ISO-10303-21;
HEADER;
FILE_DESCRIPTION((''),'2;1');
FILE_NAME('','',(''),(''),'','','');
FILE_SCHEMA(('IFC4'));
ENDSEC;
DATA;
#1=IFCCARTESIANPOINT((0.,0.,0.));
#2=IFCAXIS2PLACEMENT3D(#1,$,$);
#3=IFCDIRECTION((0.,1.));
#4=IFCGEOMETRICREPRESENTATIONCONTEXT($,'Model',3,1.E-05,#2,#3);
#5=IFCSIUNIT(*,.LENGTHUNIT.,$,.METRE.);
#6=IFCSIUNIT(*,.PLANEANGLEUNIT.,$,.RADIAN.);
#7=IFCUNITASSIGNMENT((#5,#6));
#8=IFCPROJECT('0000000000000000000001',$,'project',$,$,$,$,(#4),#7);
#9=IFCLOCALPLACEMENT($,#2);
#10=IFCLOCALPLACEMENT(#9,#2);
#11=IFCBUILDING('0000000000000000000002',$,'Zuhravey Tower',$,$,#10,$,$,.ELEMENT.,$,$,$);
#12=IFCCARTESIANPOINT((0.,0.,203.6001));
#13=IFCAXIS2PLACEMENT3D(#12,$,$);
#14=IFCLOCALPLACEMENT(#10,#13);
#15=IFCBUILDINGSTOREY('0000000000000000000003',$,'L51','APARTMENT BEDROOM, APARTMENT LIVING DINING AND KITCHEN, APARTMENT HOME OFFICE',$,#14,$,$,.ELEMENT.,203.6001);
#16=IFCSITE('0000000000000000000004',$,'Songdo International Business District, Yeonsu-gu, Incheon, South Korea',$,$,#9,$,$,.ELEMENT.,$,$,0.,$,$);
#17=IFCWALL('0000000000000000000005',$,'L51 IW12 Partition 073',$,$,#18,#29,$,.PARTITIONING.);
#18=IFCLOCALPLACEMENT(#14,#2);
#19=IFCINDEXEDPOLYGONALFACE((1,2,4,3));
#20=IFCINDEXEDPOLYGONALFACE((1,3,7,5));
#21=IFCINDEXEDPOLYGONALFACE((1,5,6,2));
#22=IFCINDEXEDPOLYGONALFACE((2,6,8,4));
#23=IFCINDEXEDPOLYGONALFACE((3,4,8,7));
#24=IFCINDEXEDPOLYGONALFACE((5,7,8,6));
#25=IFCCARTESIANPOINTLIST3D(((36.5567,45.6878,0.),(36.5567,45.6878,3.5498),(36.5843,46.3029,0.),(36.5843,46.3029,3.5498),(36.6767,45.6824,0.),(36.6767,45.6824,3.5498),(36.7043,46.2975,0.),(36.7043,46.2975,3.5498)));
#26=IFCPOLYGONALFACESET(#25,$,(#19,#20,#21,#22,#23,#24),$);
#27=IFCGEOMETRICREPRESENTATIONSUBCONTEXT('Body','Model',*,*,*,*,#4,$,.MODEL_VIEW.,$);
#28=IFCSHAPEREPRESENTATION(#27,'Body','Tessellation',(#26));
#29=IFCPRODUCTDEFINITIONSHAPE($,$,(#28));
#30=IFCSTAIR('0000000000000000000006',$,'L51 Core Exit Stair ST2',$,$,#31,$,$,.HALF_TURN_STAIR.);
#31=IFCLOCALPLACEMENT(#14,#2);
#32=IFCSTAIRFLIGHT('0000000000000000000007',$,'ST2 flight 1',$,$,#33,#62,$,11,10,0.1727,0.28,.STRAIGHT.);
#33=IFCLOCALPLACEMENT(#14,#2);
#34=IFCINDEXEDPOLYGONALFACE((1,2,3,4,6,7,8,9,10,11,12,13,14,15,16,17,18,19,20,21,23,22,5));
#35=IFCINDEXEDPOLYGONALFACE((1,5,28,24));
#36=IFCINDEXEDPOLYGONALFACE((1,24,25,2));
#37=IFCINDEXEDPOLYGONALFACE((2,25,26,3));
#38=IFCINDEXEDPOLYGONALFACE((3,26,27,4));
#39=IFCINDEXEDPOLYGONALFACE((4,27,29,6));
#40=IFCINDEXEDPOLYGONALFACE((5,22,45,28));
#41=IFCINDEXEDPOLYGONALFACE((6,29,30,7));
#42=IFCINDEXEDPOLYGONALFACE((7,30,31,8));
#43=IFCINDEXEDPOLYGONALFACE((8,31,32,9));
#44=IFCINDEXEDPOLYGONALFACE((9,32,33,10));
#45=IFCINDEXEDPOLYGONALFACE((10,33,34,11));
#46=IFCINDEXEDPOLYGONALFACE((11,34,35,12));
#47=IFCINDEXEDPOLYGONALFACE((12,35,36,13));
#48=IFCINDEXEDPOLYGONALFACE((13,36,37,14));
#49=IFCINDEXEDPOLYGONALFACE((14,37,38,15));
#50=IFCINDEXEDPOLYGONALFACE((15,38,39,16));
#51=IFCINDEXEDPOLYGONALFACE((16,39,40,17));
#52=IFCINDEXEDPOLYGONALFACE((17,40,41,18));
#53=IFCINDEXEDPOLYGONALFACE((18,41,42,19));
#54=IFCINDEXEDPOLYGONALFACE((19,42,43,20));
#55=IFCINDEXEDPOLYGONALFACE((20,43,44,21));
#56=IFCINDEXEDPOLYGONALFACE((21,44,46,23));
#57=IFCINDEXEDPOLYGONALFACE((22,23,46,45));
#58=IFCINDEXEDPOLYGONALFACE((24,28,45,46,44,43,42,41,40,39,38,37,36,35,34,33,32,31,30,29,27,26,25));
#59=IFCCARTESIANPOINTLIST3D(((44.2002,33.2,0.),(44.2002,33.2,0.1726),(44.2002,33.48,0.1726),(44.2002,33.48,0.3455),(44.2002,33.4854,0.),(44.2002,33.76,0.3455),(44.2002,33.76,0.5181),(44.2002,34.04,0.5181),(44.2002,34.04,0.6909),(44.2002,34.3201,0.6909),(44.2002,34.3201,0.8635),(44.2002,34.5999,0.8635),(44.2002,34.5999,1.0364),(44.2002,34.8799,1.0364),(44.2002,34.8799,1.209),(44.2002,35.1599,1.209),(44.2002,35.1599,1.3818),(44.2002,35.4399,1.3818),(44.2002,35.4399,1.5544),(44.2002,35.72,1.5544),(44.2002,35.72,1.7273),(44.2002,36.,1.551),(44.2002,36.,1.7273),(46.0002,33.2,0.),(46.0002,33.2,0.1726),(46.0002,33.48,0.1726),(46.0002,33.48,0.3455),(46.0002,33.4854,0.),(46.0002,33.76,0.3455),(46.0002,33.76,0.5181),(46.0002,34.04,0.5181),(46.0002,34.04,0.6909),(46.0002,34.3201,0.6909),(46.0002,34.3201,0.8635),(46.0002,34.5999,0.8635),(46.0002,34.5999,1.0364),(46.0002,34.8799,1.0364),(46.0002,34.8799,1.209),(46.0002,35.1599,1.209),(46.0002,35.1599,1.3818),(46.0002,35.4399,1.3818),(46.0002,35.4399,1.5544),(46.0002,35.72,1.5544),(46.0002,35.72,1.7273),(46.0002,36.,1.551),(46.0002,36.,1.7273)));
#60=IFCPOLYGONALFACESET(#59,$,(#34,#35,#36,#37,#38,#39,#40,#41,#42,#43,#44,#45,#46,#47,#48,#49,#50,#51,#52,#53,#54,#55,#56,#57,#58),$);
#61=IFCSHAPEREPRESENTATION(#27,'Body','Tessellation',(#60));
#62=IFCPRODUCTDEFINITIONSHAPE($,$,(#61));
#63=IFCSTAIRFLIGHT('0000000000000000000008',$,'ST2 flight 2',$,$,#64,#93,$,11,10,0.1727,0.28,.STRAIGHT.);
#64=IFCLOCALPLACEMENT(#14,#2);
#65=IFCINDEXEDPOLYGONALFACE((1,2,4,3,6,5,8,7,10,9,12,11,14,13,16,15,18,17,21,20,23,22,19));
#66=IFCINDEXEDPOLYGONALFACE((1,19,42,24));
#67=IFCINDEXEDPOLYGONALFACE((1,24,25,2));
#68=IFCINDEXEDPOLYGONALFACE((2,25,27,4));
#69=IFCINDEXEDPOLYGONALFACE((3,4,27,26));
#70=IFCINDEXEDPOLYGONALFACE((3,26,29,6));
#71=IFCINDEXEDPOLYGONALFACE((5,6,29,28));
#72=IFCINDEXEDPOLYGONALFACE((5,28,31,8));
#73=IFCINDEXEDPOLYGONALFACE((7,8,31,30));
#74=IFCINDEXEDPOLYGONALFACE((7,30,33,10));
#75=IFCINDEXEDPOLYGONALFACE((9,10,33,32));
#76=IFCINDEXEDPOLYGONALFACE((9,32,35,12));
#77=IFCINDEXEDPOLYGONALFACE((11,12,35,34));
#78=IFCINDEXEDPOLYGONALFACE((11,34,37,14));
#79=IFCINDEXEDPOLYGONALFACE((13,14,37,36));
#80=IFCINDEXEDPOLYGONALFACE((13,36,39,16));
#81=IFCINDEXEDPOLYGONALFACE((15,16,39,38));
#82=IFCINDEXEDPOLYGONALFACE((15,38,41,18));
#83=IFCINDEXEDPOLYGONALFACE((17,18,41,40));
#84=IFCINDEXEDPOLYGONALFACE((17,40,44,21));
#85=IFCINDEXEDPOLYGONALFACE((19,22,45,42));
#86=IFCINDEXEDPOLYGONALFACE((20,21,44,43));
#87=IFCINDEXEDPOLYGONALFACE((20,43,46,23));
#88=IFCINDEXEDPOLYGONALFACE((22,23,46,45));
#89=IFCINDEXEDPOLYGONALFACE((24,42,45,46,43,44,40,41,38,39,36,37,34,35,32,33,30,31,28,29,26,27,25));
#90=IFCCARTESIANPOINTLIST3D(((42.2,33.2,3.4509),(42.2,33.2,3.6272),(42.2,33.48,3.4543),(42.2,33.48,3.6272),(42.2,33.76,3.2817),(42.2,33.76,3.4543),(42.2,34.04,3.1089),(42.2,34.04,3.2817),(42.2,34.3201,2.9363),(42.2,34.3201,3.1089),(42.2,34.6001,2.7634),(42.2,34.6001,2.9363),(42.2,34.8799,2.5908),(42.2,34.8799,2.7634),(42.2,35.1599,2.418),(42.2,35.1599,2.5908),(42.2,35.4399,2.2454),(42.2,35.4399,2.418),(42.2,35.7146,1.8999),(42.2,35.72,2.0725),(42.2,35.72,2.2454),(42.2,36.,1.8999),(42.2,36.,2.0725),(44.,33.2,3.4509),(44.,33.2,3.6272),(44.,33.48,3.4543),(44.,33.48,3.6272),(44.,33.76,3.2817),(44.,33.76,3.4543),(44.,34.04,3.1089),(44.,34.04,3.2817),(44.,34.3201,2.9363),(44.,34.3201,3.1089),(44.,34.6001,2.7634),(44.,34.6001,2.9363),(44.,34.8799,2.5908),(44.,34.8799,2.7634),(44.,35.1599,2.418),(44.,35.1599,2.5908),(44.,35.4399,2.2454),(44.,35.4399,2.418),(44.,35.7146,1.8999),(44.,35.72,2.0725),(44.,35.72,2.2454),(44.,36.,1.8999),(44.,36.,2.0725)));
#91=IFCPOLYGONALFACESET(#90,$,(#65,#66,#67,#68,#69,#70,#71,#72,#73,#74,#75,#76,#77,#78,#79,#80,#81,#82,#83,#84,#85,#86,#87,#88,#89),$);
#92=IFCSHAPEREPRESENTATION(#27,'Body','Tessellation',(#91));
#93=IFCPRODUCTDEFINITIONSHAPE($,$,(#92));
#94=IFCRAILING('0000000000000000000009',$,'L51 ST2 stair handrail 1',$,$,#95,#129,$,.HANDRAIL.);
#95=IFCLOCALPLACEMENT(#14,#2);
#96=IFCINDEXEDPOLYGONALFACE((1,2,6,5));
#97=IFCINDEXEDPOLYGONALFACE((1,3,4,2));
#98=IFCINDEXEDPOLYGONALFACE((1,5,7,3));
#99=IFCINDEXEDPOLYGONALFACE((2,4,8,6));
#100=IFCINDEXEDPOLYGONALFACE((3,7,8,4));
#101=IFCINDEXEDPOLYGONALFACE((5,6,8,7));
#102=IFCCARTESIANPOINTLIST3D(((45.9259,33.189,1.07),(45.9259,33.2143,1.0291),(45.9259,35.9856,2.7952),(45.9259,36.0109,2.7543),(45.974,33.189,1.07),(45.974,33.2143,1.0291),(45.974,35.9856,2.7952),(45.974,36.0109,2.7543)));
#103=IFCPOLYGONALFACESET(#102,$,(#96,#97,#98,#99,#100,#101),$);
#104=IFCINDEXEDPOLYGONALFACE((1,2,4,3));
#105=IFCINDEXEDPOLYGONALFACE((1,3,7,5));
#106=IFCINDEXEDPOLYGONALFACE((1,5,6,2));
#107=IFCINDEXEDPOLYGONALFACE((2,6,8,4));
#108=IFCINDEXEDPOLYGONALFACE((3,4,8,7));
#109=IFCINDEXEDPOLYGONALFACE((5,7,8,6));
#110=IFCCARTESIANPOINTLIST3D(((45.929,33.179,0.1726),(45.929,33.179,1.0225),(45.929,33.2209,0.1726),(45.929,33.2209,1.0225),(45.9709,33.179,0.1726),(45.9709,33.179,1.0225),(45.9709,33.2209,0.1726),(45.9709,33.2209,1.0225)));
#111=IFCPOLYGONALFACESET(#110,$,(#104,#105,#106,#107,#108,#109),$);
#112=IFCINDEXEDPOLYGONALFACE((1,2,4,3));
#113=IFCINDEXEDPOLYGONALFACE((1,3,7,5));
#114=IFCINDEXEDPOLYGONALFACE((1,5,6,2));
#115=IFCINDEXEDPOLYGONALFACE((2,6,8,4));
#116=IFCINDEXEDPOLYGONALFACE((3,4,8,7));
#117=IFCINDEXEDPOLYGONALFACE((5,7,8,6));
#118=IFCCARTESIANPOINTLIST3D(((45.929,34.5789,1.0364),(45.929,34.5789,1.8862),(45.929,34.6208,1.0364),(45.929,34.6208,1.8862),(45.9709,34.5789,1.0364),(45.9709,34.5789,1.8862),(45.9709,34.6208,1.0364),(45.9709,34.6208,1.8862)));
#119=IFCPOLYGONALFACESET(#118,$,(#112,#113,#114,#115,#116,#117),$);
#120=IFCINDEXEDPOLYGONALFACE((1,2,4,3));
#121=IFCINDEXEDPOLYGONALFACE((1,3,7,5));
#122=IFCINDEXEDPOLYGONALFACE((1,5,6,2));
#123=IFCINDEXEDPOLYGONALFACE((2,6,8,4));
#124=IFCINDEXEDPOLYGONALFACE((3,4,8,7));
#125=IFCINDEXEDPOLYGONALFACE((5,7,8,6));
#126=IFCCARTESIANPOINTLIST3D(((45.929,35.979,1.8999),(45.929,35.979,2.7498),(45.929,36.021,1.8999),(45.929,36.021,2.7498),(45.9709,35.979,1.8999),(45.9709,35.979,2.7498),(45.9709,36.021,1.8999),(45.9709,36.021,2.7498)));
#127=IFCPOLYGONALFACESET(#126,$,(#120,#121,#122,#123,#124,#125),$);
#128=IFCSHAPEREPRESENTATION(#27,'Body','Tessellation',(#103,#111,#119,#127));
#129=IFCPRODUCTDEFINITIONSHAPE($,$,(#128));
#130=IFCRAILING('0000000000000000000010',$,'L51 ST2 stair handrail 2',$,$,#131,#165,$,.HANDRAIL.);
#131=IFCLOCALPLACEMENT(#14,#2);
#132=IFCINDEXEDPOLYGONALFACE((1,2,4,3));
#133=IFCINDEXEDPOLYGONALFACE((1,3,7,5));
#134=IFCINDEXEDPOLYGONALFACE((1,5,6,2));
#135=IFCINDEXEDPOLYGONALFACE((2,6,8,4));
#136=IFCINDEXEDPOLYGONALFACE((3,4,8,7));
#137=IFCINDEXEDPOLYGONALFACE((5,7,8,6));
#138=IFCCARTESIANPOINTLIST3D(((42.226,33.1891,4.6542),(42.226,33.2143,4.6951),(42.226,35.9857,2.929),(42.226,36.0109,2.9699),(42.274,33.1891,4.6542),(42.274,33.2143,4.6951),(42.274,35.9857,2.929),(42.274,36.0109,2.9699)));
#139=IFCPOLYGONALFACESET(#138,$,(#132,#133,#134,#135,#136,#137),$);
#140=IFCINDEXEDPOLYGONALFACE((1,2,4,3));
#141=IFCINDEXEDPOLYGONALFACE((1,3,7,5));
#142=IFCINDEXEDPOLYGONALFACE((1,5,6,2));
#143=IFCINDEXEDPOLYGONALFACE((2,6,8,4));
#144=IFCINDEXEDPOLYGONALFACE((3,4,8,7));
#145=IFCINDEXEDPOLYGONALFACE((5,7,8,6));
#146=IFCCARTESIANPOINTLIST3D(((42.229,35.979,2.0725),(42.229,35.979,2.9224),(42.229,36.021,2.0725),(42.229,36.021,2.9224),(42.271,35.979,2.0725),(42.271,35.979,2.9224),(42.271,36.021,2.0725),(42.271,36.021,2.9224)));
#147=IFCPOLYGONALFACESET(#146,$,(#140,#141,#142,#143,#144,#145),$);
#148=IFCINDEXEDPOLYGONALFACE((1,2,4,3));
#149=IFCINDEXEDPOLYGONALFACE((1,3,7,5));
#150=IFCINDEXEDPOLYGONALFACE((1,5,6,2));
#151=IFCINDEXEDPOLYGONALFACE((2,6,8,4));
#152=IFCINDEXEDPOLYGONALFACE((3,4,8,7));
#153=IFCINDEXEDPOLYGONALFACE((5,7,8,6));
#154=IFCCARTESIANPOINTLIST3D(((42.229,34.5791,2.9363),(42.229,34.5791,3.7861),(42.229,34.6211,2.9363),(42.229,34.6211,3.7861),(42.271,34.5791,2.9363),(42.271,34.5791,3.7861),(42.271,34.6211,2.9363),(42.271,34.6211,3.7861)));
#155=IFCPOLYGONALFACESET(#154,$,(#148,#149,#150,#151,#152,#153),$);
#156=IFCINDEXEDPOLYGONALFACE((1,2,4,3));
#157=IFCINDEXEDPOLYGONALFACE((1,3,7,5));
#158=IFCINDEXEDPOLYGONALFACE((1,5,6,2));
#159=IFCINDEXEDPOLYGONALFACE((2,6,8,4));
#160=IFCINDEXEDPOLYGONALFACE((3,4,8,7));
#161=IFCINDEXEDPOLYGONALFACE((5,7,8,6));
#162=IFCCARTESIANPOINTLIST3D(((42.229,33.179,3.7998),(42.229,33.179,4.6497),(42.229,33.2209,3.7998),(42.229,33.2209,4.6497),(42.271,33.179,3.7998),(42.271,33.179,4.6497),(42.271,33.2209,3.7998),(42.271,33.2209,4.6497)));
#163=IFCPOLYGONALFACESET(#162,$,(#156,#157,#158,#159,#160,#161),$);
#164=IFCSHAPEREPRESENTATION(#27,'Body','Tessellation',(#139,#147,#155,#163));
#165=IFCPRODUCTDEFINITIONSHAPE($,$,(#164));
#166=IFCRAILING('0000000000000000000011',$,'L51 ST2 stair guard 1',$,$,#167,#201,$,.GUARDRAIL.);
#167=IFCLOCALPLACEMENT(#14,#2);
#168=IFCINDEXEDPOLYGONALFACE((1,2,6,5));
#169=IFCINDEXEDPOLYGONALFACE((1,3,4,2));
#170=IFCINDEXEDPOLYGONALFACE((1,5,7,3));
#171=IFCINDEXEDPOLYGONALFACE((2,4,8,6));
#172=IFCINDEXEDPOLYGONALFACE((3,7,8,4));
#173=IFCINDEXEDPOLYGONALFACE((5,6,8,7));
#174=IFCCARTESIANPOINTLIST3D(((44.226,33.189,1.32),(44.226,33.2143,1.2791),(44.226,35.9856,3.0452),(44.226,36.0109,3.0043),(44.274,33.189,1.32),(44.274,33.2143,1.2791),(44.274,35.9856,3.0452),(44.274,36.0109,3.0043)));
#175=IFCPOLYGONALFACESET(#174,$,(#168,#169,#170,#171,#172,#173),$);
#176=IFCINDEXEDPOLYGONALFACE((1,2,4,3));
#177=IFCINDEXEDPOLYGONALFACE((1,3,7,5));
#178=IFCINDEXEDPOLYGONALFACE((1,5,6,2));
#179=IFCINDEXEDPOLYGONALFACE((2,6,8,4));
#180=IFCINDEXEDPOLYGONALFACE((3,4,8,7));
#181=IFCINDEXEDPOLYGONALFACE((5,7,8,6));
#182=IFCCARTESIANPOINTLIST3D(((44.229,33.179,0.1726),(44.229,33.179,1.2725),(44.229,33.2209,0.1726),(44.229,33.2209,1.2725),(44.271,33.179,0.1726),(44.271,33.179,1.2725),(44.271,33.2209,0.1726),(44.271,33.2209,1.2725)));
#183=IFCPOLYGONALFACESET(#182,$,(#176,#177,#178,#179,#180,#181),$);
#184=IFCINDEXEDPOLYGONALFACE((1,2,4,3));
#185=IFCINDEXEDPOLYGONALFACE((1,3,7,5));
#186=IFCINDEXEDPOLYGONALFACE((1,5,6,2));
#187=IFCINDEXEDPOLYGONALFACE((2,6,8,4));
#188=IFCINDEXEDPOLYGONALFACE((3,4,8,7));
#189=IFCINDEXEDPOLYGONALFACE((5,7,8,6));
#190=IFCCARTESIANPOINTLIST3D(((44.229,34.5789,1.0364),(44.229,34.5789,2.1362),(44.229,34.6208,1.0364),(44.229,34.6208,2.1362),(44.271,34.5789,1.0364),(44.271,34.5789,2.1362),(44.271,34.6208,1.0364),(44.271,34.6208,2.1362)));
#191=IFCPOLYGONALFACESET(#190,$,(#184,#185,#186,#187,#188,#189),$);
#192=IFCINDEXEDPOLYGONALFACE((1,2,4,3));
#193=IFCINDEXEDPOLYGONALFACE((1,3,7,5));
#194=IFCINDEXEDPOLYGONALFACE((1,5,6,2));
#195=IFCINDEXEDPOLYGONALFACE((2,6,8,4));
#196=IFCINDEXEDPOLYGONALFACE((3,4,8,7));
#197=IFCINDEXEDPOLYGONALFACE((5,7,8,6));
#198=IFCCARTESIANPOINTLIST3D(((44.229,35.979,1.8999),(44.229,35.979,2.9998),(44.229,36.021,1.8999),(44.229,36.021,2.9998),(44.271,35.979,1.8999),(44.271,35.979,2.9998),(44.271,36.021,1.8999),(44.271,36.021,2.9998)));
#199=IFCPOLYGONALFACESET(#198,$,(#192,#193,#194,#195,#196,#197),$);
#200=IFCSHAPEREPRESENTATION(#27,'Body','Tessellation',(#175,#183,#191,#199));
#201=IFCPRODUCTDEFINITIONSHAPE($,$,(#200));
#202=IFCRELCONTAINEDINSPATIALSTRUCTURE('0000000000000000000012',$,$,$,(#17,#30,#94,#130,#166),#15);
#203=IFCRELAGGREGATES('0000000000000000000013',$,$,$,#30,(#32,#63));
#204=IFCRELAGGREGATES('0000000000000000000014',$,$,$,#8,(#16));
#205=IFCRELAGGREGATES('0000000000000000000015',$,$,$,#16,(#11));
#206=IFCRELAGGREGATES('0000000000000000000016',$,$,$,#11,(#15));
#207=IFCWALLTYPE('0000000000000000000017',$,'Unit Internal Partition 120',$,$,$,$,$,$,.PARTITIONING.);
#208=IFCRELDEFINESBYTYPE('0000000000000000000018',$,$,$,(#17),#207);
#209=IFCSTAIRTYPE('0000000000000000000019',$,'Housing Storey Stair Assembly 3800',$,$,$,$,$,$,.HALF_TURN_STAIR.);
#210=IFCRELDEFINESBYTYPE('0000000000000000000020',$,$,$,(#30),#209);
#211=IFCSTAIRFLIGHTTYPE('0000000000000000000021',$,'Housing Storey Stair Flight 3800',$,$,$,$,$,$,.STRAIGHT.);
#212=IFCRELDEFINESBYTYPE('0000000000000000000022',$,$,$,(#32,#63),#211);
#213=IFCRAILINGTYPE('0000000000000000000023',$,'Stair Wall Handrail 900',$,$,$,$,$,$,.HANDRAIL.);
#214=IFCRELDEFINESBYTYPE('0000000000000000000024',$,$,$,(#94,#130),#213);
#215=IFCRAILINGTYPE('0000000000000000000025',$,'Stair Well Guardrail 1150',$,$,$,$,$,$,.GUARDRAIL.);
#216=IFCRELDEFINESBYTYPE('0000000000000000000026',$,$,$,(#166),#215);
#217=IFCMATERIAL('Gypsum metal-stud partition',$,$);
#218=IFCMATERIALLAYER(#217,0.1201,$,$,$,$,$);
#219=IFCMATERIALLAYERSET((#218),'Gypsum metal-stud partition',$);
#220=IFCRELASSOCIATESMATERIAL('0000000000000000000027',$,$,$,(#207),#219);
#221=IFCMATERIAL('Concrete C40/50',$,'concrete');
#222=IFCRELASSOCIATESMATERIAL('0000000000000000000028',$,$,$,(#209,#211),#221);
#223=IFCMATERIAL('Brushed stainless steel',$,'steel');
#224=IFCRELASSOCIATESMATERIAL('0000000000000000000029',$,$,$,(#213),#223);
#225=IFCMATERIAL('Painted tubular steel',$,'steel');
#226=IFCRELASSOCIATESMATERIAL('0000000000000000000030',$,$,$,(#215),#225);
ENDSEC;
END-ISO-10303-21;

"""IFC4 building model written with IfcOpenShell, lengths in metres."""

from ifc_helpers import new_model, si_unit, direction, frame, frame_2d, origin, origin_2d, place, context, subcontext, project, spatial, polyline, rectangle, outline, extrude, material, layer, layer_set, type_object, element, aggregate, save


model = new_model("IFC4")

# Units and contexts
model_context = context("Model", 3, precision=1e-05, world=origin(), true_north=direction((0.0, 1.0)))
body_context = subcontext(model_context, "Body", "Model", "MODEL_VIEW")
ifc_project = project(units=[si_unit("LENGTHUNIT", "METRE"), si_unit("PLANEANGLEUNIT", "RADIAN")], contexts=[model_context])

# Site, building, storey
site_placement = place(None, origin())
site = spatial("IfcSite", under=ifc_project, at=site_placement, Name="Songdo International Business District, Yeonsu-gu, Incheon, South Korea", CompositionType="ELEMENT", RefElevation=0.0)
building_placement = place(site_placement, origin())
building = spatial("IfcBuilding", under=site, at=building_placement, Name="Zuhravey Tower", CompositionType="ELEMENT")
storey_placement = place(building_placement, frame((0.0, 0.0, 203.6001)))
storey = spatial("IfcBuildingStorey", under=building, at=storey_placement, Name="L51", Description="APARTMENT BEDROOM, APARTMENT LIVING DINING AND KITCHEN, APARTMENT HOME OFFICE", CompositionType="ELEMENT", Elevation=203.6001)

# Wall
ifc_material_1 = material(Name="Gypsum metal-stud partition")
ifc_layer_1 = layer(ifc_material_1, 0.1201)
ifc_layer_set_1 = layer_set([ifc_layer_1], Name="Gypsum metal-stud partition")
wall_type_1 = type_object("IfcWallType", Name="Unit Internal Partition 120", PredefinedType="PARTITIONING", material=ifc_layer_set_1)
wall_1_placement = place(storey_placement, frame((36.6167, 45.6851, 0.0), z_axis=(0.0, 0.0, 1.0), x_axis=(0.044814, 0.998995, 0.0)))
element("IfcWall", 1, at=wall_1_placement, inside=storey, type_object=wall_type_1, Name="L51 IW12 Partition 073", PredefinedType="PARTITIONING", context=body_context, shape_type="SweptSolid", body=[
    extrude(rectangle(XDim=0.6157, YDim=0.1201, at=frame_2d((0.3079, 0.0))), origin(), (0.0, 0.0, 1.0), 3.5498),
])

# Stair, stair flights
ifc_material_2 = material(Name="Concrete C40/50", Category="concrete")
stair_type = type_object("IfcStairType", Name="Housing Storey Stair Assembly 3800", PredefinedType="HALF_TURN_STAIR", material=ifc_material_2)
stair_placement = place(storey_placement, origin())
stair = element("IfcStair", 2, at=stair_placement, inside=storey, type_object=stair_type, Name="L51 Core Exit Stair ST2", PredefinedType="HALF_TURN_STAIR")
stair_flight_type = type_object("IfcStairFlightType", Name="Housing Storey Stair Flight 3800", PredefinedType="STRAIGHT", material=ifc_material_2)
stair_flight_1_placement = place(storey_placement, frame((45.1001, 33.2, 0.0), z_axis=(0.0, 0.0, 1.0), x_axis=(0.0, 1.0, 0.0)))
stair_flight_1 = element("IfcStairFlight", 3, at=stair_flight_1_placement, type_object=stair_flight_type, Name="ST2 flight 1", NumberOfRisers=11, NumberOfTreads=10, PredefinedType="STRAIGHT", RiserHeight=0.1727, TreadLength=0.28, context=body_context, shape_type="SweptSolid", body=[
    extrude(outline(polyline([(0.0, 0.0), (0.0, 0.1726), (0.28, 0.1726), (0.28, 0.3455), (0.5601, 0.3455), (0.5601, 0.5181), (0.8401, 0.5181), (0.8401, 0.6909), (1.1201, 0.6909), (1.1201, 0.8635), (1.3999, 0.8635), (1.3999, 1.0364), (1.6799, 1.0364), (1.6799, 1.209), (1.96, 1.209), (1.96, 1.3818), (2.24, 1.3818), (2.24, 1.5544), (2.52, 1.5544), (2.52, 1.7273), (2.8, 1.7273), (2.8, 1.8999), (2.8, 1.551), (0.2854, 0.0), (0.0, 0.0)])), frame((0.0, 0.8999, 0.0), z_axis=(0.0, -1.0, 0.0), x_axis=(1.0, 0.0, 0.0)), (0.0, 0.0, 1.0), 1.8),
])
stair_flight_2_placement = place(storey_placement, frame((43.1001, 36.0, 1.8999), z_axis=(0.0, 0.0, 1.0), x_axis=(0.0, -1.0, 0.0)))
stair_flight_2 = element("IfcStairFlight", 4, at=stair_flight_2_placement, type_object=stair_flight_type, Name="ST2 flight 2", NumberOfRisers=11, NumberOfTreads=10, PredefinedType="STRAIGHT", RiserHeight=0.1727, TreadLength=0.28, context=body_context, shape_type="SweptSolid", body=[
    extrude(outline(polyline([(0.0, 0.0), (0.0, 0.1726), (0.28, 0.1726), (0.28, 0.3455), (0.5601, 0.3455), (0.5601, 0.5181), (0.8401, 0.5181), (0.8401, 0.6909), (1.1201, 0.6909), (1.1201, 0.8635), (1.3999, 0.8635), (1.3999, 1.0364), (1.6799, 1.0364), (1.6799, 1.209), (1.96, 1.209), (1.96, 1.3818), (2.24, 1.3818), (2.24, 1.5544), (2.52, 1.5544), (2.52, 1.7273), (2.8, 1.7273), (2.8, 1.8999), (2.8, 1.551), (0.2854, 0.0), (0.0, 0.0)])), frame((0.0, 0.8999, 0.0), z_axis=(0.0, -1.0, 0.0), x_axis=(1.0, 0.0, 0.0)), (0.0, 0.0, 1.0), 1.8),
])
aggregate(stair, [stair_flight_1, stair_flight_2])

# Railings
ifc_material_3 = material(Name="Brushed stainless steel", Category="steel")
railing_type_1 = type_object("IfcRailingType", Name="Stair Wall Handrail 900", PredefinedType="HANDRAIL", material=ifc_material_3)
railing_1_placement = place(storey_placement, frame((45.95, 33.2, 0.1726)))
element("IfcRailing", 5, at=railing_1_placement, inside=storey, type_object=railing_type_1, Name="L51 ST2 stair handrail 1", PredefinedType="HANDRAIL", context=body_context, shape_type="SweptSolid", body=[
    extrude(rectangle(XDim=0.0481, YDim=0.0481, at=origin_2d()), frame((0.0, 0.0017, 0.877), z_axis=(0.0, 0.85109, 0.52502), x_axis=(-1.0, 0.0, 0.0)), (0.0, 0.0, 1.0), 3.2859),
    extrude(rectangle(XDim=0.042, YDim=0.042, at=origin_2d()), origin(), (0.0, 0.0, 1.0), 0.8499),
    extrude(rectangle(XDim=0.042, YDim=0.042, at=origin_2d()), frame((0.0, 1.3999, 0.8638)), (0.0, 0.0, 1.0), 0.8499),
    extrude(rectangle(XDim=0.042, YDim=0.042, at=origin_2d()), frame((0.0, 2.8, 1.7273)), (0.0, 0.0, 1.0), 0.8499),
])
railing_2_placement = place(storey_placement, frame((42.25, 36.0, 2.0725)))
element("IfcRailing", 6, at=railing_2_placement, inside=storey, type_object=railing_type_1, Name="L51 ST2 stair handrail 2", PredefinedType="HANDRAIL", context=body_context, shape_type="SweptSolid", body=[
    extrude(rectangle(XDim=0.0481, YDim=0.0481, at=origin_2d()), frame((0.0, -0.0017, 0.877), z_axis=(0.0, -0.85109, 0.52502), x_axis=(1.0, 0.0, 0.0)), (0.0, 0.0, 1.0), 3.2859),
    extrude(rectangle(XDim=0.042, YDim=0.042, at=origin_2d()), origin(), (0.0, 0.0, 1.0), 0.8499),
    extrude(rectangle(XDim=0.042, YDim=0.042, at=origin_2d()), frame((0.0, -1.3999, 0.8638)), (0.0, 0.0, 1.0), 0.8499),
    extrude(rectangle(XDim=0.042, YDim=0.042, at=origin_2d()), frame((0.0, -2.8, 1.7273)), (0.0, 0.0, 1.0), 0.8499),
])
ifc_material_4 = material(Name="Painted tubular steel", Category="steel")
railing_type_2 = type_object("IfcRailingType", Name="Stair Well Guardrail 1150", PredefinedType="GUARDRAIL", material=ifc_material_4)
railing_3_placement = place(storey_placement, frame((44.25, 33.2, 0.1726)))
element("IfcRailing", 7, at=railing_3_placement, inside=storey, type_object=railing_type_2, Name="L51 ST2 stair guard 1", PredefinedType="GUARDRAIL", context=body_context, shape_type="SweptSolid", body=[
    extrude(rectangle(XDim=0.0481, YDim=0.0481, at=origin_2d()), frame((0.0, 0.0017, 1.127), z_axis=(0.0, 0.85109, 0.52502), x_axis=(-1.0, 0.0, 0.0)), (0.0, 0.0, 1.0), 3.2859),
    extrude(rectangle(XDim=0.042, YDim=0.042, at=origin_2d()), origin(), (0.0, 0.0, 1.0), 1.0999),
    extrude(rectangle(XDim=0.042, YDim=0.042, at=origin_2d()), frame((0.0, 1.3999, 0.8638)), (0.0, 0.0, 1.0), 1.0999),
    extrude(rectangle(XDim=0.042, YDim=0.042, at=origin_2d()), frame((0.0, 2.8, 1.7273)), (0.0, 0.0, 1.0), 1.0999),
])

save(model, "model.ifc")
